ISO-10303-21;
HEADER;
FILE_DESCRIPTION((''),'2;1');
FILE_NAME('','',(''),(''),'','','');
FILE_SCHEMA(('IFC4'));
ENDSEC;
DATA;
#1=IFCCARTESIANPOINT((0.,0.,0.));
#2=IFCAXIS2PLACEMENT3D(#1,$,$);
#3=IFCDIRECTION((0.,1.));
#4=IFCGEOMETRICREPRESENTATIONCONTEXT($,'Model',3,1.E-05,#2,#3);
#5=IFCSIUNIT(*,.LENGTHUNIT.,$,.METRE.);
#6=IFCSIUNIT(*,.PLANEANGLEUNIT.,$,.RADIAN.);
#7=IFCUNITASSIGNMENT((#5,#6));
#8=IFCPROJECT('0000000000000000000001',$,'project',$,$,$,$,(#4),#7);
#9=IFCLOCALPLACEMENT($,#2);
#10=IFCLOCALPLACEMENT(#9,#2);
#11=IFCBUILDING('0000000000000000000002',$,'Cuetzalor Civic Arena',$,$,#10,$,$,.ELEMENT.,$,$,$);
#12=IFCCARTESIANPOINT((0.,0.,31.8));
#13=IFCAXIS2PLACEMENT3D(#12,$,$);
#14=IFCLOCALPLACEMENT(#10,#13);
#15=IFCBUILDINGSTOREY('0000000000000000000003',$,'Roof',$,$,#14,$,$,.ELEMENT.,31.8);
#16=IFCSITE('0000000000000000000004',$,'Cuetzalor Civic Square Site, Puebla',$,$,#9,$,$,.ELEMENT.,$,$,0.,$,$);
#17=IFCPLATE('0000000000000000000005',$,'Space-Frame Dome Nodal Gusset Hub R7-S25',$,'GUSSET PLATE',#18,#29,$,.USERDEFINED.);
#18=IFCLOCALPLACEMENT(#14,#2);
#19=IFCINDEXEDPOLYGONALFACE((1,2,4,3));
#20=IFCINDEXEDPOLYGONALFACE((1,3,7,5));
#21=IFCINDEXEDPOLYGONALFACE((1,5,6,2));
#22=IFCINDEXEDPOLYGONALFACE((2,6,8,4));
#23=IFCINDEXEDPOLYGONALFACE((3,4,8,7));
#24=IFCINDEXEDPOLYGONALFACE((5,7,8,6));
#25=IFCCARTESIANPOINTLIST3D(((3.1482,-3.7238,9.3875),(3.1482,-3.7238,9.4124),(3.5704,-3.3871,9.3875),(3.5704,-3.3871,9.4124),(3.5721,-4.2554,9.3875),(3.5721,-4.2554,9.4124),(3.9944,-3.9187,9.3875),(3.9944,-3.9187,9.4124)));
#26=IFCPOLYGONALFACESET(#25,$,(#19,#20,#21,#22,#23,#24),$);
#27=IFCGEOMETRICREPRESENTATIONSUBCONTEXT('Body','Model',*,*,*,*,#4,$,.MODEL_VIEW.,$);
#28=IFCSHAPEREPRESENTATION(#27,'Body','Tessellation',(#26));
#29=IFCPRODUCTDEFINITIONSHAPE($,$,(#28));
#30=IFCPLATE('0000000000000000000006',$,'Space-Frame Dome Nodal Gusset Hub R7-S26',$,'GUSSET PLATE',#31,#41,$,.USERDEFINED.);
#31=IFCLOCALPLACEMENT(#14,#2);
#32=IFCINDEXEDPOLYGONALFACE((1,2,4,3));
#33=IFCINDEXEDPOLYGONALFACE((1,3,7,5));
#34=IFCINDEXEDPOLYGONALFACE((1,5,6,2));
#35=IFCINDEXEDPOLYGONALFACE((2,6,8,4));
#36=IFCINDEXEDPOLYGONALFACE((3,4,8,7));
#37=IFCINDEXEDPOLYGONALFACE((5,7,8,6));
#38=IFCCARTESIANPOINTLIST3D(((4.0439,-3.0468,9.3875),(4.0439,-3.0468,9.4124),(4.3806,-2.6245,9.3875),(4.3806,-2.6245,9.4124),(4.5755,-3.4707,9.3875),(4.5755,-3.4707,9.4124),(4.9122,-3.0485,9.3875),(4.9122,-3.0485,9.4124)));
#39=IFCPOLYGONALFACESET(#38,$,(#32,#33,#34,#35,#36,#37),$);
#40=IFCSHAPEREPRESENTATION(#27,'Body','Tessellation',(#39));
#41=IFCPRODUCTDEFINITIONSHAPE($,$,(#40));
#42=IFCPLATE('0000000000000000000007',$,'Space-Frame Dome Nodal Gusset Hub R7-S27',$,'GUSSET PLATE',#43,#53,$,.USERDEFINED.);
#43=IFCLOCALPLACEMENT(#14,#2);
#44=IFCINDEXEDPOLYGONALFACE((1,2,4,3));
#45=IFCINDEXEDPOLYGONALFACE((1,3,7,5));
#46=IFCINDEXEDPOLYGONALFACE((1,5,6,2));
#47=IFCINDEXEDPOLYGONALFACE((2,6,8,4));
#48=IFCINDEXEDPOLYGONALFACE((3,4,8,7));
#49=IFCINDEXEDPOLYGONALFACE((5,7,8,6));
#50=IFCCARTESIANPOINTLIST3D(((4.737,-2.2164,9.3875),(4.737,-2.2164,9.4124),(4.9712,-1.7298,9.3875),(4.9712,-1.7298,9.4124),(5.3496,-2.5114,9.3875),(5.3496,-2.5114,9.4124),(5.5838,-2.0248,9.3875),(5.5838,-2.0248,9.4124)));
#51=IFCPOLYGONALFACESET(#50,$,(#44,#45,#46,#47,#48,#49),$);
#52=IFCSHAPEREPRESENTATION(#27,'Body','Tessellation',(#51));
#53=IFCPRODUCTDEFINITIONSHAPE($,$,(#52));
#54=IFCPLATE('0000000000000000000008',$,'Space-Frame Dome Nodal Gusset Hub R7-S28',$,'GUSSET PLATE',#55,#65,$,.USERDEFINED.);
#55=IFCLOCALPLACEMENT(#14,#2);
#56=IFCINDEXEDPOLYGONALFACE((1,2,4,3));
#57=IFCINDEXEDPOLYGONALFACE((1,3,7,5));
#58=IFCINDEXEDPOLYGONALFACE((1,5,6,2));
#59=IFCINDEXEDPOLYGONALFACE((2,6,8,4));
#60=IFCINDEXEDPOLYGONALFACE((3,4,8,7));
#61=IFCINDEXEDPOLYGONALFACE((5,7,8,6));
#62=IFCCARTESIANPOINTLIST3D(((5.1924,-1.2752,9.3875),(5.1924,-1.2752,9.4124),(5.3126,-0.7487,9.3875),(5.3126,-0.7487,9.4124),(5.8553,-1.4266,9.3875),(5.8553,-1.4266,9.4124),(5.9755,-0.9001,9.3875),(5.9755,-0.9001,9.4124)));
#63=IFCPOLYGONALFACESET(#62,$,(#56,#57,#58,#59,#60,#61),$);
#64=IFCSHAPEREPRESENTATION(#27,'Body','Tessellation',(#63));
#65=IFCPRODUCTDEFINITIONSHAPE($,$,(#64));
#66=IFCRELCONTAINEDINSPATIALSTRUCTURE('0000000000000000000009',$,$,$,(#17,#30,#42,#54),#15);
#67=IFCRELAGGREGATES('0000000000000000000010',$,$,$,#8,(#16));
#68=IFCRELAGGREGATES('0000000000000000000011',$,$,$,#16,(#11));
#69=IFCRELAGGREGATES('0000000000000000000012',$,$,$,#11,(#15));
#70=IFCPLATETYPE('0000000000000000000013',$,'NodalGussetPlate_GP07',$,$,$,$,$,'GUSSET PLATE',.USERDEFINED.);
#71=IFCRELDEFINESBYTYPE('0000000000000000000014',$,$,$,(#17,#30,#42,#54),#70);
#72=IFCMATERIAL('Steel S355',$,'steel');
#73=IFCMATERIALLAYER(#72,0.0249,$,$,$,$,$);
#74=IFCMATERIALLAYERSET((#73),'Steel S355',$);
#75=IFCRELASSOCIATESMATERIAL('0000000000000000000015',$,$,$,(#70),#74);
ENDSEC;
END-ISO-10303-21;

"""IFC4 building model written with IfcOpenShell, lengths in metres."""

from ifc_helpers import new_model, si_unit, direction, frame, origin, origin_2d, place, context, subcontext, project, spatial, rectangle, extrude, material, layer, layer_set, type_object, element, save


model = new_model("IFC4")

# Units and contexts
model_context = context("Model", 3, precision=1e-05, world=origin(), true_north=direction((0.0, 1.0)))
body_context = subcontext(model_context, "Body", "Model", "MODEL_VIEW")
ifc_project = project(units=[si_unit("LENGTHUNIT", "METRE"), si_unit("PLANEANGLEUNIT", "RADIAN")], contexts=[model_context])

# Site, building, storey
site_placement = place(None, origin())
site = spatial("IfcSite", under=ifc_project, at=site_placement, Name="Cuetzalor Civic Square Site, Puebla", CompositionType="ELEMENT", RefElevation=0.0)
building_placement = place(site_placement, origin())
building = spatial("IfcBuilding", under=site, at=building_placement, Name="Cuetzalor Civic Arena", CompositionType="ELEMENT")
storey_placement = place(building_placement, frame((0.0, 0.0, 31.8)))
storey = spatial("IfcBuildingStorey", under=building, at=storey_placement, Name="Roof", CompositionType="ELEMENT", Elevation=31.8)

# Plates
ifc_material_1 = material(Name="Steel S355", Category="steel")
ifc_layer_1 = layer(ifc_material_1, 0.0249)
ifc_layer_set_1 = layer_set([ifc_layer_1], Name="Steel S355")
plate_type = type_object("IfcPlateType", Name="NodalGussetPlate_GP07", ElementType="GUSSET PLATE", PredefinedType="USERDEFINED", material=ifc_layer_set_1)
for number, where, z_axis, x_axis, name in (
    (1, (3.5713, -3.8213, 9.3875), (0.0, 0.0, 1.0), (0.62347, -0.781847, 0.0), "Space-Frame Dome Nodal Gusset Hub R7-S25"),
    (2, (4.478, -3.0476, 9.3875), (0.0, 0.0, 1.0), (0.781847, -0.62347, 0.0), "Space-Frame Dome Nodal Gusset Hub R7-S26"),
    (3, (5.1604, -2.1206, 9.3875), (0.0, 0.0, 1.0), (0.901001, -0.433816, 0.0), "Space-Frame Dome Nodal Gusset Hub R7-S27"),
    (4, (5.584, -1.0876, 9.3875), (0.0, 0.0, 1.0), (0.974917, -0.22257, 0.0), "Space-Frame Dome Nodal Gusset Hub R7-S28"),
):
    element("IfcPlate", number, at=place(storey_placement, frame(where, z_axis=z_axis, x_axis=x_axis)), inside=storey, type_object=plate_type, Name=name, ObjectType="GUSSET PLATE", PredefinedType="USERDEFINED", context=body_context, shape_type="SweptSolid", body=[
        extrude(rectangle(XDim=0.6799, YDim=0.54, at=origin_2d()), origin(), (0.0, 0.0, 1.0), 0.0249),
    ])

save(model, "model.ifc")
